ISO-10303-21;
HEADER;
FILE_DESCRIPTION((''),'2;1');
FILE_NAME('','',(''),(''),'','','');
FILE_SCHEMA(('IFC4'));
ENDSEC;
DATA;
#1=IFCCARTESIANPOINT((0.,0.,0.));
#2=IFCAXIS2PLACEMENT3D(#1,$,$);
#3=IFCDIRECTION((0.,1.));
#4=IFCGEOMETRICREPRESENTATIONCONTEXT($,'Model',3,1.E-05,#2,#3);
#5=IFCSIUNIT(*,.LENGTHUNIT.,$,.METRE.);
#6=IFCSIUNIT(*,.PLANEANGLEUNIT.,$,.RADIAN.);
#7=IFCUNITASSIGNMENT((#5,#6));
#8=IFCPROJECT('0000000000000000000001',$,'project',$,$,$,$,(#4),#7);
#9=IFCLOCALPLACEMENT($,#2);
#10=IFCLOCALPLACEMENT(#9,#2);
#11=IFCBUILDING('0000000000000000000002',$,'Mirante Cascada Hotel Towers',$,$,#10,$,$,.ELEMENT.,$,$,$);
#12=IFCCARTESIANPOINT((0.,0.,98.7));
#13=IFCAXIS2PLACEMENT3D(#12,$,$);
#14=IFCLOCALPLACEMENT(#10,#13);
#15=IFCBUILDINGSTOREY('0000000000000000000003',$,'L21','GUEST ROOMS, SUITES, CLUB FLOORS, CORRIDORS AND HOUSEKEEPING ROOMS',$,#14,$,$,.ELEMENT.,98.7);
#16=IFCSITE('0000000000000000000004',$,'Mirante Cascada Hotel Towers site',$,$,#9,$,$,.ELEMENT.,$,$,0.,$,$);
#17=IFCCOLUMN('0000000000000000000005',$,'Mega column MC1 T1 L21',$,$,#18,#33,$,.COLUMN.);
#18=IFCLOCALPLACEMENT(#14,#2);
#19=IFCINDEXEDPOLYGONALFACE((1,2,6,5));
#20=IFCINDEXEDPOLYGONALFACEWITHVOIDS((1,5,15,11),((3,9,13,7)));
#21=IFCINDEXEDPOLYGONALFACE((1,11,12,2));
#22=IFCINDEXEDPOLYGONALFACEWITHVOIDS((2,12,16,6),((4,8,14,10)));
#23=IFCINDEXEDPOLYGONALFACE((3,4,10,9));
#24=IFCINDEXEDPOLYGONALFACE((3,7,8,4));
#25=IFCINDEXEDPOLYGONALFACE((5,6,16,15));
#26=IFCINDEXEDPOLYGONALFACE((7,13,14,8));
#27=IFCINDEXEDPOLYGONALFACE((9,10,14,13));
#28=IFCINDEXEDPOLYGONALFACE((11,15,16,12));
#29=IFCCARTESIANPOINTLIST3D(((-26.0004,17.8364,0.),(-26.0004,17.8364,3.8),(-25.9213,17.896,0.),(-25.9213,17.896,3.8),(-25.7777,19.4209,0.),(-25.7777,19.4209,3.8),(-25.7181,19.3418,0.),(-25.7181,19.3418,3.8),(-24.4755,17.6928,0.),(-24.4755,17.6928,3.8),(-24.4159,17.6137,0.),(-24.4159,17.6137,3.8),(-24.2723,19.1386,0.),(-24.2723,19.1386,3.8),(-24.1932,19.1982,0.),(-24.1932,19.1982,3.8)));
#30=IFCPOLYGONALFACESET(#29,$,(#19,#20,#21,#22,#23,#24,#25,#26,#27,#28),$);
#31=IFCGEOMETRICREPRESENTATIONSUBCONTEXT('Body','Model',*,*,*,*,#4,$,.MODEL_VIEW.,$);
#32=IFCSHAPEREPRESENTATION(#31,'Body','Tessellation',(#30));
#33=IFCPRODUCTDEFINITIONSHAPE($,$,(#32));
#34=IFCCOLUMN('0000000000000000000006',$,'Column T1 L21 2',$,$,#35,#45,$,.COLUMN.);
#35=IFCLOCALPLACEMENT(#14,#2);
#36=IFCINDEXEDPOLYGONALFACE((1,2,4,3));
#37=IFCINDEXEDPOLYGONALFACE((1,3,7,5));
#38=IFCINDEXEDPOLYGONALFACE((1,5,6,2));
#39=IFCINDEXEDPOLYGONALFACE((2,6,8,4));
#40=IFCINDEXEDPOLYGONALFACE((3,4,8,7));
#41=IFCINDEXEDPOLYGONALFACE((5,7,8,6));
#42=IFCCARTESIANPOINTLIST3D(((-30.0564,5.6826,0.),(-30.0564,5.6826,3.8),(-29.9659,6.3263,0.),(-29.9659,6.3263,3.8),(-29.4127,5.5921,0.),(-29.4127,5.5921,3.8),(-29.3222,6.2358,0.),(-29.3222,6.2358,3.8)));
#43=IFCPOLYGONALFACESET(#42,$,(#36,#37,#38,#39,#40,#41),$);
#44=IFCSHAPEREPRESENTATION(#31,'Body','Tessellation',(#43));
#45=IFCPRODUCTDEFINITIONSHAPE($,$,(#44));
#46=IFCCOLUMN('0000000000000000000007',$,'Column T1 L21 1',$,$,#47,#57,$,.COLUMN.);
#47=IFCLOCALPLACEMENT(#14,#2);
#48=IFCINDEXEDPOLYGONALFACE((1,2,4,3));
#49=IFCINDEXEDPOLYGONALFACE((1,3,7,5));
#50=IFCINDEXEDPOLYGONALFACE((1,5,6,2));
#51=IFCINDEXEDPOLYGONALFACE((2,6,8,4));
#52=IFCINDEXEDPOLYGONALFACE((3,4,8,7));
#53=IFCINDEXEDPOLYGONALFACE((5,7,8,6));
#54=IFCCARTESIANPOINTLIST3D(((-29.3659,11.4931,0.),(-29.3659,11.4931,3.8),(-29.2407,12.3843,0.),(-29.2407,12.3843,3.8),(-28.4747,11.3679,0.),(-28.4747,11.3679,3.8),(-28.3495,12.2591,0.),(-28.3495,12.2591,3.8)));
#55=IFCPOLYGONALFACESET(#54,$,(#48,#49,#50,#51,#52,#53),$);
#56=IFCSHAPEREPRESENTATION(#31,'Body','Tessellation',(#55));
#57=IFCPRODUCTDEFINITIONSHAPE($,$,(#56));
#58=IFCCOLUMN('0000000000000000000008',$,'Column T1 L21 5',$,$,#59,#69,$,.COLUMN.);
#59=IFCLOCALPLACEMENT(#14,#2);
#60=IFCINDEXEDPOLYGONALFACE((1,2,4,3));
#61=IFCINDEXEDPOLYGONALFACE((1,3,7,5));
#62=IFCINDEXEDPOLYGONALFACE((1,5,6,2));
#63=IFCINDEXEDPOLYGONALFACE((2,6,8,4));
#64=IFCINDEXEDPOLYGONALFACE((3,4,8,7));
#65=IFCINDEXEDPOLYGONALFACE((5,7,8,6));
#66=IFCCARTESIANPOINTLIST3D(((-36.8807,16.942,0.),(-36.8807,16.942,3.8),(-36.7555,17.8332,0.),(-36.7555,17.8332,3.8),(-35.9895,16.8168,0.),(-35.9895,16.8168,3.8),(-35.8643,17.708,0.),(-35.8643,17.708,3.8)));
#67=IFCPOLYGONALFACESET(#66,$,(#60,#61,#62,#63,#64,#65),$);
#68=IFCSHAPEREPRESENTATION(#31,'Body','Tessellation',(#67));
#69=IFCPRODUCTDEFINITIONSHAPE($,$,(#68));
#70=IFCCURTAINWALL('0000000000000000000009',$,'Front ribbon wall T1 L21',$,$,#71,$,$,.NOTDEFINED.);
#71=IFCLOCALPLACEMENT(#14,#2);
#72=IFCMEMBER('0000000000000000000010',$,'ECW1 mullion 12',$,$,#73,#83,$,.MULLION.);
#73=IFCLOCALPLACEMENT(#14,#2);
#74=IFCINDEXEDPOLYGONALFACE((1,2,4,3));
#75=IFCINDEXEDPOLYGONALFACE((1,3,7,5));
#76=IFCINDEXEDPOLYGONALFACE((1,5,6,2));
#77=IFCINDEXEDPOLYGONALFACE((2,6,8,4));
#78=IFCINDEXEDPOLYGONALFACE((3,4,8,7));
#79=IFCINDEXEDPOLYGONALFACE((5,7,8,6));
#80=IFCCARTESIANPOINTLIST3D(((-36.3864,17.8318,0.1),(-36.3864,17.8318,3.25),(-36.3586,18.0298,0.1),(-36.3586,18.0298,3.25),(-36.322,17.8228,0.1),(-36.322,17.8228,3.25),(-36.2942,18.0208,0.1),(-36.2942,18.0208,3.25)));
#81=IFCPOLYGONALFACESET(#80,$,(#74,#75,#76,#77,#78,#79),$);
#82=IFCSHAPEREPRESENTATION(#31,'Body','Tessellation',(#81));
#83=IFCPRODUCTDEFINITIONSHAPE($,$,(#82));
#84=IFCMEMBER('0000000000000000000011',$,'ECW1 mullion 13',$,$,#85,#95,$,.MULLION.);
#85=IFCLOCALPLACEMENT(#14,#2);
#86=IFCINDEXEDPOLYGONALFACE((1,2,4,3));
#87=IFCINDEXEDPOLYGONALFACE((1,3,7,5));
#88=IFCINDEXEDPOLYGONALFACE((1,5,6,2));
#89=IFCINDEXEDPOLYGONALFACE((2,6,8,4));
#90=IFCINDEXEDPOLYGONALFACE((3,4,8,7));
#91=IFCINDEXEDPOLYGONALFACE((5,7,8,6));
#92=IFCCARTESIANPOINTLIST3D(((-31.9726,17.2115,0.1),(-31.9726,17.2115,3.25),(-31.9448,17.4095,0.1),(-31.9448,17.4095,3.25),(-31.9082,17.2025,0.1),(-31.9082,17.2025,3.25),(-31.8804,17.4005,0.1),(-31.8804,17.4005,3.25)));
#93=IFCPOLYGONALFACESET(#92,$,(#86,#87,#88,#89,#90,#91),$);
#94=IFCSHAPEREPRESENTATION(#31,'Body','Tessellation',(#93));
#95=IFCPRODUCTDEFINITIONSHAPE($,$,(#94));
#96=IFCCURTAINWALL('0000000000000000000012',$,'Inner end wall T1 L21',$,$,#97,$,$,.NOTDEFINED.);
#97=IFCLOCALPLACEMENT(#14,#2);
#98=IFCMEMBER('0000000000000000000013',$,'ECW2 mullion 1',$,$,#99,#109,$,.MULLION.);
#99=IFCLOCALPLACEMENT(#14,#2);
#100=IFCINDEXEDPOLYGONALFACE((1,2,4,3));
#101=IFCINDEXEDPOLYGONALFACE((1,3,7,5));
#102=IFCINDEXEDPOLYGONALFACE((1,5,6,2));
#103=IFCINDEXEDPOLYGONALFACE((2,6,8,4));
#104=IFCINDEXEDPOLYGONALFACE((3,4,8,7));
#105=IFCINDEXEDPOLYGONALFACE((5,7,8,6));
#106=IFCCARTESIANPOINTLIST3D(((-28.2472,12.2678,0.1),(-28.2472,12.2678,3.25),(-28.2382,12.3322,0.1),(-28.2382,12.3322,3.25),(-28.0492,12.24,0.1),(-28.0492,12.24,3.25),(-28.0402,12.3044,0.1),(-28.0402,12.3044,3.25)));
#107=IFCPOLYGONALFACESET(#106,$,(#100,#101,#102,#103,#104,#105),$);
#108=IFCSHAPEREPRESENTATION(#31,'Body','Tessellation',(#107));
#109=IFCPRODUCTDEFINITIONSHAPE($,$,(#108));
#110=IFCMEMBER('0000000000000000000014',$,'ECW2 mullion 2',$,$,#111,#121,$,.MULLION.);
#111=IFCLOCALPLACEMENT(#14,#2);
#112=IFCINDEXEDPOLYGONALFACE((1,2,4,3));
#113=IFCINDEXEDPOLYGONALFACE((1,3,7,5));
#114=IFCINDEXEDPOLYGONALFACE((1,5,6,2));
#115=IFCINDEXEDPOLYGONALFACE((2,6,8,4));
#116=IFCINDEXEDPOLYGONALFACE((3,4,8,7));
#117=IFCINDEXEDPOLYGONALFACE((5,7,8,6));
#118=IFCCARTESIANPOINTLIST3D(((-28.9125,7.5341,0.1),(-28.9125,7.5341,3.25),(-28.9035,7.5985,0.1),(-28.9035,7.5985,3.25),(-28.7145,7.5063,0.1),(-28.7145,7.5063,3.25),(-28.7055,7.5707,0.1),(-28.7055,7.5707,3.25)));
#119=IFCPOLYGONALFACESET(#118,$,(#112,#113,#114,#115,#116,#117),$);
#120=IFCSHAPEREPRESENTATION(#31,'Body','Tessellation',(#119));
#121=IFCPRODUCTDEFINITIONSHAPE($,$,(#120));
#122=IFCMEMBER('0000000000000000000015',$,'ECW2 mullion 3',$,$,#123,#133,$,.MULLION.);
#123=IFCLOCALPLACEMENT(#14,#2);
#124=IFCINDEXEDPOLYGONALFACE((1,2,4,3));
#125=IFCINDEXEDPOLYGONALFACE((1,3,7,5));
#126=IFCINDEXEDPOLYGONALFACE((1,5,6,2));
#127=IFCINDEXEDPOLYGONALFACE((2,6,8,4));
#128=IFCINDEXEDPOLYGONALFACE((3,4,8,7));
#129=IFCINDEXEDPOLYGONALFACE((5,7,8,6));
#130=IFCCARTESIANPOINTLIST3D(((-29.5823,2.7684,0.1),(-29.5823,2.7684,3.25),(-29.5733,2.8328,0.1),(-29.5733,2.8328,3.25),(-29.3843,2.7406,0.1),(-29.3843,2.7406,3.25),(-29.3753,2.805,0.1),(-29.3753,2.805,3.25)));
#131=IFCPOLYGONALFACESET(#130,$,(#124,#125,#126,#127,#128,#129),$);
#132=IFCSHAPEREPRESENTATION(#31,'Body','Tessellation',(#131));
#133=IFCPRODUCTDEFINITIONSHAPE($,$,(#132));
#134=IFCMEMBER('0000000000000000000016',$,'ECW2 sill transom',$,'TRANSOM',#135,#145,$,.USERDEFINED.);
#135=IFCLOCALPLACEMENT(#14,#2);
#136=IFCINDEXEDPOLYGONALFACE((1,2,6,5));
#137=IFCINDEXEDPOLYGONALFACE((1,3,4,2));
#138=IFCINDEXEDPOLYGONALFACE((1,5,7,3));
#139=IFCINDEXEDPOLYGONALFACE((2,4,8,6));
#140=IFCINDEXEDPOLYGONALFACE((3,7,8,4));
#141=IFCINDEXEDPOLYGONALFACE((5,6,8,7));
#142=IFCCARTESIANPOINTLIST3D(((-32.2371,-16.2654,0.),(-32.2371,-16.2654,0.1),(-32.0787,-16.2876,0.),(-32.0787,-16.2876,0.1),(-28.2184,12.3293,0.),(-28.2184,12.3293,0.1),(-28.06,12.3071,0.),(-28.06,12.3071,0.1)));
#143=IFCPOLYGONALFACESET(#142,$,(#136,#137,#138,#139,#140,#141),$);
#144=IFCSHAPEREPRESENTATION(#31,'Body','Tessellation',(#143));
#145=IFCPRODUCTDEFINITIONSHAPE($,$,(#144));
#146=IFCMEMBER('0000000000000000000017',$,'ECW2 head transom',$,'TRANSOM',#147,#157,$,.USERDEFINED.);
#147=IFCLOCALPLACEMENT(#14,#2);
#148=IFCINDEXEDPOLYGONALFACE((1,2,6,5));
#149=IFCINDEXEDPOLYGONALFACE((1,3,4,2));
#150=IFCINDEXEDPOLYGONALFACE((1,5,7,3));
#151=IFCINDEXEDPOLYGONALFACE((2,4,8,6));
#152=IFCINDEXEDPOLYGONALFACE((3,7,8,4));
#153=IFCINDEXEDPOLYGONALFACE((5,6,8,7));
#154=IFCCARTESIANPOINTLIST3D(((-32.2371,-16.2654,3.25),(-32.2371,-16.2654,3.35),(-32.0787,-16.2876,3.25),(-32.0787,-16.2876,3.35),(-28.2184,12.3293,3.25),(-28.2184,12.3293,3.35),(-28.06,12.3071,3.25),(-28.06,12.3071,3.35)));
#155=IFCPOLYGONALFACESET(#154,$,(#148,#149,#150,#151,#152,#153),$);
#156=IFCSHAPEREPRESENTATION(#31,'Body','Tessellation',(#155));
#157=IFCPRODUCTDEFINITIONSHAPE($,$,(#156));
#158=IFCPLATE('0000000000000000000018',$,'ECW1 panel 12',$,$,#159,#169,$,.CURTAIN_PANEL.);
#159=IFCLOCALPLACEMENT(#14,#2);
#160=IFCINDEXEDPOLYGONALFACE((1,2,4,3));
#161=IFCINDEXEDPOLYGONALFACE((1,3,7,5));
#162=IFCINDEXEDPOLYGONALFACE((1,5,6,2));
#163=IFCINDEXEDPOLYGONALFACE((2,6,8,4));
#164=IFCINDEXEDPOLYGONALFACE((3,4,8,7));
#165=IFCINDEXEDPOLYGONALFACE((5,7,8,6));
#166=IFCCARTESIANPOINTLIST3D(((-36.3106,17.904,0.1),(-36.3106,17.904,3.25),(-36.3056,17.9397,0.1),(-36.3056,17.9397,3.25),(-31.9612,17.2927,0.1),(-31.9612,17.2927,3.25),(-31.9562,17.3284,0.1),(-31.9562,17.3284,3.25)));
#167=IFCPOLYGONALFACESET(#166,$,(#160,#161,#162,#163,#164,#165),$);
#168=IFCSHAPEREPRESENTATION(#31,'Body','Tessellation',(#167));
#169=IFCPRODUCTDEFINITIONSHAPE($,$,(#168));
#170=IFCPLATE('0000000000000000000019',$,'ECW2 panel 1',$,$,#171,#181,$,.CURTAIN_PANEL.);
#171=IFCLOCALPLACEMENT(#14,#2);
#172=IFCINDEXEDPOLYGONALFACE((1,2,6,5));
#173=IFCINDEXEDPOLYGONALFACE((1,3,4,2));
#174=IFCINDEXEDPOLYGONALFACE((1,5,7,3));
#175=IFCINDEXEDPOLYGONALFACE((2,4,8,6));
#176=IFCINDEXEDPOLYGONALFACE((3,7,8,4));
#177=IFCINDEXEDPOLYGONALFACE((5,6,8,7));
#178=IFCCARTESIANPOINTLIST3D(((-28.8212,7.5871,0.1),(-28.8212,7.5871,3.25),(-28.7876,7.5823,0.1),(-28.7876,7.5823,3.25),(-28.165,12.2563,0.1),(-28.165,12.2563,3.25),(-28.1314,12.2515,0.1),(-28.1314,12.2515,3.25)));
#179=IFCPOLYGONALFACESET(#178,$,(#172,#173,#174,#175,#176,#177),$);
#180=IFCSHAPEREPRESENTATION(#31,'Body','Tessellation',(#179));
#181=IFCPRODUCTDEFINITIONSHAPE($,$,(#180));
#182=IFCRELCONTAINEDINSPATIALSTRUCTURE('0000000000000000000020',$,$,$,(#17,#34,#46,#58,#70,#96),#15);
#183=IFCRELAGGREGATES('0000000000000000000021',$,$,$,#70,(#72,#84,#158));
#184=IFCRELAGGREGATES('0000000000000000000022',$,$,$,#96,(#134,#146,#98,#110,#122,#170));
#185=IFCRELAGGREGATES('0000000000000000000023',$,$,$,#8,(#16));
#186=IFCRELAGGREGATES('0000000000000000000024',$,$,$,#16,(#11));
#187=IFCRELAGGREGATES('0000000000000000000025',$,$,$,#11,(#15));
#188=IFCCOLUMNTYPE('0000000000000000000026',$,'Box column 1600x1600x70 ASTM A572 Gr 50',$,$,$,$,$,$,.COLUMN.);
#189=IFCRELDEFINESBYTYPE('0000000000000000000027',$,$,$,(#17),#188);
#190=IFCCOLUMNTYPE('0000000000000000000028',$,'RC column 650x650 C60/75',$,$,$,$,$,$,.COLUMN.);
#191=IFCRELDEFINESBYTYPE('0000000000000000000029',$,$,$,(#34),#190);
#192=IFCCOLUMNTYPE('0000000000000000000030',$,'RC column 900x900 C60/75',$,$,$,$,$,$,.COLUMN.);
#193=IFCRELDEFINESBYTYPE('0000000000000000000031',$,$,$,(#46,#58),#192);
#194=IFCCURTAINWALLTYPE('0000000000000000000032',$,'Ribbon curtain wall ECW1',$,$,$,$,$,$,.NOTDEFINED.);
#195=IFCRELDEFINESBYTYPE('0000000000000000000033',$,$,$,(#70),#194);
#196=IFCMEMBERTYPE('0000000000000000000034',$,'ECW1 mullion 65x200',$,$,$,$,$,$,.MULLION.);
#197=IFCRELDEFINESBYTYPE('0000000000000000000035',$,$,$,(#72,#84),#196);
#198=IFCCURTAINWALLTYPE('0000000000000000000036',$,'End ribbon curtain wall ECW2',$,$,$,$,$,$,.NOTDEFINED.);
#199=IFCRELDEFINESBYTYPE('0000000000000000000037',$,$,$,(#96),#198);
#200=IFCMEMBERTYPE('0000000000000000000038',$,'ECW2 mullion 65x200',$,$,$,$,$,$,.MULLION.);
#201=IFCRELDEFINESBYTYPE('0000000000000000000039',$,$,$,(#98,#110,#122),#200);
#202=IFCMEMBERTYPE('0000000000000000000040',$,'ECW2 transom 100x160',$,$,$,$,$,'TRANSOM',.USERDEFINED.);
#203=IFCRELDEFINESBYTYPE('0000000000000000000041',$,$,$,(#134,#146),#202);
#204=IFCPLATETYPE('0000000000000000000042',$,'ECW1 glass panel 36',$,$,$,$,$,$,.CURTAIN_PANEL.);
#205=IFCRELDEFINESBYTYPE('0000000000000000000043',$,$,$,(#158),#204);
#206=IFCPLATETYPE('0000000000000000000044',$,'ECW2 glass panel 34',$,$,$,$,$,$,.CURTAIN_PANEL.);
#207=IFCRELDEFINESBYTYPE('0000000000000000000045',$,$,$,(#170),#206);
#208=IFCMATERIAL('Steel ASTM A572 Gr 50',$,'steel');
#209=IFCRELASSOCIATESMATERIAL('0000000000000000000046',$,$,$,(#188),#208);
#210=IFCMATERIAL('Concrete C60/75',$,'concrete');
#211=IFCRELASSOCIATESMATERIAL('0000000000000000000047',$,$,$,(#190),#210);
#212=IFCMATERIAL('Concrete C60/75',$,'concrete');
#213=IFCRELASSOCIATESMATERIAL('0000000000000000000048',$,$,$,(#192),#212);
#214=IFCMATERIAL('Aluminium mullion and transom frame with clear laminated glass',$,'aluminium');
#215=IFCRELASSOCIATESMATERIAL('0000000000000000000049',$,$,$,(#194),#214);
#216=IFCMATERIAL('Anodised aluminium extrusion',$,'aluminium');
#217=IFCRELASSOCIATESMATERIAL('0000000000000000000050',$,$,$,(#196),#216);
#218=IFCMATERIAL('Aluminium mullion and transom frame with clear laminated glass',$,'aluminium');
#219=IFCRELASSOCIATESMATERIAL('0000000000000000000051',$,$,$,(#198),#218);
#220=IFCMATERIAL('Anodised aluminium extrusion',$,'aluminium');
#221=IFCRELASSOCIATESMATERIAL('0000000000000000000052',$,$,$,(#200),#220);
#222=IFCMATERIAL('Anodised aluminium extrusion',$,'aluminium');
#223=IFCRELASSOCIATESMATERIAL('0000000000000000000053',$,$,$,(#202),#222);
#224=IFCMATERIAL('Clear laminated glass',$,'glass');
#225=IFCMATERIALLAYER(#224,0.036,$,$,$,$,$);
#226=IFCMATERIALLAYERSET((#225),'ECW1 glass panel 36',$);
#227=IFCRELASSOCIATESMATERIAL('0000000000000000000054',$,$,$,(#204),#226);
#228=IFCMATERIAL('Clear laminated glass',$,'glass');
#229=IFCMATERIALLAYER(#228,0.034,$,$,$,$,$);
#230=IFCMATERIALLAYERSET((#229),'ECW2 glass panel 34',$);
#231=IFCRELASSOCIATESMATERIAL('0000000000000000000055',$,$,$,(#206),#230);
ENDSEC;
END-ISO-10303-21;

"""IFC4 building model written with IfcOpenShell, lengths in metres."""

from ifc_helpers import new_model, si_unit, direction, frame, origin, origin_2d, place, context, subcontext, project, spatial, rectangle, hollow_rectangle, extrude, material, layer, layer_set, material_profile, profile_set, type_object, element, aggregate, save


model = new_model("IFC4")

# Units and contexts
model_context = context("Model", 3, precision=1e-05, world=origin(), true_north=direction((0.0, 1.0)))
body_context = subcontext(model_context, "Body", "Model", "MODEL_VIEW")
ifc_project = project(units=[si_unit("LENGTHUNIT", "METRE"), si_unit("PLANEANGLEUNIT", "RADIAN")], contexts=[model_context])

# Site, building, storey
site_placement = place(None, origin())
site = spatial("IfcSite", under=ifc_project, at=site_placement, Name="Mirante Cascada Hotel Towers site", CompositionType="ELEMENT", RefElevation=0.0)
building_placement = place(site_placement, origin())
building = spatial("IfcBuilding", under=site, at=building_placement, Name="Mirante Cascada Hotel Towers", CompositionType="ELEMENT")
storey_placement = place(building_placement, frame((0.0, 0.0, 98.7)))
storey = spatial("IfcBuildingStorey", under=building, at=storey_placement, Name="L21", Description="GUEST ROOMS, SUITES, CLUB FLOORS, CORRIDORS AND HOUSEKEEPING ROOMS", CompositionType="ELEMENT", Elevation=98.7)

# Columns
ifc_material_1 = material(Name="Steel ASTM A572 Gr 50", Category="steel")
ifc_material_profile_1 = material_profile(ifc_material_1, hollow_rectangle(XDim=1.6, YDim=1.6, WallThickness=0.07, at=origin_2d()), Name="Box column 1600x1600x70 ASTM A572 Gr 50")
ifc_profile_set_1 = profile_set([ifc_material_profile_1], Name="Steel ASTM A572 Gr 50")
column_type_1 = type_object("IfcColumnType", Name="Box column 1600x1600x70 ASTM A572 Gr 50", PredefinedType="COLUMN", material=ifc_profile_set_1)
column_1_placement = place(storey_placement, frame((-25.0968, 18.5173, 0.0), z_axis=(0.0, 0.0, 1.0), x_axis=(-0.990268, 0.139173, 0.0)))
element("IfcColumn", 1, at=column_1_placement, inside=storey, type_object=column_type_1, Name="Mega column MC1 T1 L21", PredefinedType="COLUMN", context=body_context, shape_type="SweptSolid", body=[
    extrude(hollow_rectangle(XDim=1.6, YDim=1.6, WallThickness=0.07, at=origin_2d()), origin(), (0.0, 0.0, 1.0), 3.8),
])
ifc_material_2 = material(Name="Concrete C60/75", Category="concrete")
ifc_material_profile_2 = material_profile(ifc_material_2, rectangle(XDim=0.65, YDim=0.65, at=origin_2d()), Name="RC column 650x650 C60/75")
ifc_profile_set_2 = profile_set([ifc_material_profile_2], Name="Concrete C60/75")
column_type_2 = type_object("IfcColumnType", Name="RC column 650x650 C60/75", PredefinedType="COLUMN", material=ifc_profile_set_2)
column_2_placement = place(storey_placement, frame((-29.6893, 5.9592, 0.0), z_axis=(0.0, 0.0, 1.0), x_axis=(-0.990268, 0.139173, 0.0)))
element("IfcColumn", 2, at=column_2_placement, inside=storey, type_object=column_type_2, Name="Column T1 L21 2", PredefinedType="COLUMN", context=body_context, shape_type="SweptSolid", body=[
    extrude(rectangle(XDim=0.65, YDim=0.65, at=origin_2d()), origin(), (0.0, 0.0, 1.0), 3.8),
])
ifc_material_3 = material(Name="Concrete C60/75", Category="concrete")
ifc_material_profile_3 = material_profile(ifc_material_3, rectangle(XDim=0.9, YDim=0.9, at=origin_2d()), Name="RC column 900x900 C60/75")
ifc_profile_set_3 = profile_set([ifc_material_profile_3], Name="Concrete C60/75")
column_type_3 = type_object("IfcColumnType", Name="RC column 900x900 C60/75", PredefinedType="COLUMN", material=ifc_profile_set_3)
for number, where, z_axis, x_axis, name in (
    (3, (-28.8577, 11.8761, 0.0), (0.0, 0.0, 1.0), (-0.990268, 0.139173, 0.0), "Column T1 L21 1"),
    (4, (-36.3725, 17.325, 0.0), (0.0, 0.0, 1.0), (-0.990268, 0.139173, 0.0), "Column T1 L21 5"),
):
    element("IfcColumn", number, at=place(storey_placement, frame(where, z_axis=z_axis, x_axis=x_axis)), inside=storey, type_object=column_type_3, Name=name, PredefinedType="COLUMN", context=body_context, shape_type="SweptSolid", body=[
        extrude(rectangle(XDim=0.9, YDim=0.9, at=origin_2d()), origin(), (0.0, 0.0, 1.0), 3.8),
    ])

# Curtain walls, members
ifc_material_4 = material(Name="Aluminium mullion and transom frame with clear laminated glass", Category="aluminium")
curtain_wall_type_1 = type_object("IfcCurtainWallType", Name="Ribbon curtain wall ECW1", PredefinedType="NOTDEFINED", material=ifc_material_4)
curtain_wall_1_placement = place(storey_placement, origin())
curtain_wall_1 = element("IfcCurtainWall", 5, at=curtain_wall_1_placement, inside=storey, type_object=curtain_wall_type_1, Name="Front ribbon wall T1 L21", PredefinedType="NOTDEFINED")
ifc_material_5 = material(Name="Anodised aluminium extrusion", Category="aluminium")
ifc_material_profile_4 = material_profile(ifc_material_5, rectangle(XDim=0.2, YDim=0.065, at=origin_2d()), Name="ECW1 MULLION 65x200")
ifc_profile_set_4 = profile_set([ifc_material_profile_4], Name="Anodised aluminium extrusion")
member_type_1 = type_object("IfcMemberType", Name="ECW1 mullion 65x200", PredefinedType="MULLION", material=ifc_profile_set_4)
member_1_placement = place(storey_placement, frame((-36.3403, 17.9263, 0.1), z_axis=(0.0, 0.0, 1.0), x_axis=(0.139173, 0.990268, 0.0)))
member_1 = element("IfcMember", 6, at=member_1_placement, type_object=member_type_1, Name="ECW1 mullion 12", PredefinedType="MULLION", context=body_context, shape_type="SweptSolid", body=[
    extrude(rectangle(XDim=0.2, YDim=0.065, at=origin_2d()), origin(), (0.0, 0.0, 1.0), 3.15),
])
member_2_placement = place(storey_placement, frame((-31.9265, 17.306, 0.1), z_axis=(0.0, 0.0, 1.0), x_axis=(0.139173, 0.990268, 0.0)))
member_2 = element("IfcMember", 7, at=member_2_placement, type_object=member_type_1, Name="ECW1 mullion 13", PredefinedType="MULLION", context=body_context, shape_type="SweptSolid", body=[
    extrude(rectangle(XDim=0.2, YDim=0.065, at=origin_2d()), origin(), (0.0, 0.0, 1.0), 3.15),
])
ifc_material_6 = material(Name="Aluminium mullion and transom frame with clear laminated glass", Category="aluminium")
curtain_wall_type_2 = type_object("IfcCurtainWallType", Name="End ribbon curtain wall ECW2", PredefinedType="NOTDEFINED", material=ifc_material_6)
curtain_wall_2_placement = place(storey_placement, origin())
curtain_wall_2 = element("IfcCurtainWall", 8, at=curtain_wall_2_placement, inside=storey, type_object=curtain_wall_type_2, Name="Inner end wall T1 L21", PredefinedType="NOTDEFINED")
ifc_material_7 = material(Name="Anodised aluminium extrusion", Category="aluminium")
ifc_material_profile_5 = material_profile(ifc_material_7, rectangle(XDim=0.2, YDim=0.065, at=origin_2d()), Name="ECW2 MULLION 65x200")
ifc_profile_set_5 = profile_set([ifc_material_profile_5], Name="Anodised aluminium extrusion")
member_type_2 = type_object("IfcMemberType", Name="ECW2 mullion 65x200", PredefinedType="MULLION", material=ifc_profile_set_5)
member_3_placement = place(storey_placement, frame((-28.1437, 12.2861, 0.1), z_axis=(0.0, 0.0, 1.0), x_axis=(0.990268, -0.139173, 0.0)))
member_3 = element("IfcMember", 9, at=member_3_placement, type_object=member_type_2, Name="ECW2 mullion 1", PredefinedType="MULLION", context=body_context, shape_type="SweptSolid", body=[
    extrude(rectangle(XDim=0.2, YDim=0.065, at=origin_2d()), origin(), (0.0, 0.0, 1.0), 3.15),
])
member_4_placement = place(storey_placement, frame((-28.809, 7.5524, 0.1), z_axis=(0.0, 0.0, 1.0), x_axis=(0.990268, -0.139173, 0.0)))
member_4 = element("IfcMember", 10, at=member_4_placement, type_object=member_type_2, Name="ECW2 mullion 2", PredefinedType="MULLION", context=body_context, shape_type="SweptSolid", body=[
    extrude(rectangle(XDim=0.2, YDim=0.065, at=origin_2d()), origin(), (0.0, 0.0, 1.0), 3.15),
])
member_5_placement = place(storey_placement, frame((-29.4788, 2.7867, 0.1), z_axis=(0.0, 0.0, 1.0), x_axis=(0.990268, -0.139173, 0.0)))
member_5 = element("IfcMember", 11, at=member_5_placement, type_object=member_type_2, Name="ECW2 mullion 3", PredefinedType="MULLION", context=body_context, shape_type="SweptSolid", body=[
    extrude(rectangle(XDim=0.2, YDim=0.065, at=origin_2d()), origin(), (0.0, 0.0, 1.0), 3.15),
])
ifc_material_8 = material(Name="Anodised aluminium extrusion", Category="aluminium")
ifc_material_profile_6 = material_profile(ifc_material_8, rectangle(XDim=0.16, YDim=0.1, at=origin_2d()), Name="ECW2 TRANSOM 100x160")
ifc_profile_set_6 = profile_set([ifc_material_profile_6], Name="Anodised aluminium extrusion")
member_type_3 = type_object("IfcMemberType", Name="ECW2 transom 100x160", ElementType="TRANSOM", PredefinedType="USERDEFINED", material=ifc_profile_set_6)
member_6_placement = place(storey_placement, frame((-28.1392, 12.3182, 0.05), z_axis=(-0.139172, -0.990268, 0.0), x_axis=(0.990268, -0.139172, 0.0)))
member_6 = element("IfcMember", 12, at=member_6_placement, type_object=member_type_3, Name="ECW2 sill transom", ObjectType="TRANSOM", PredefinedType="USERDEFINED", context=body_context, shape_type="SweptSolid", body=[
    extrude(rectangle(XDim=0.16, YDim=0.1, at=origin_2d()), origin(), (0.0, 0.0, 1.0), 28.8757),
])
member_7_placement = place(storey_placement, frame((-28.1392, 12.3182, 3.3), z_axis=(-0.139172, -0.990268, 0.0), x_axis=(0.990268, -0.139172, 0.0)))
member_7 = element("IfcMember", 13, at=member_7_placement, type_object=member_type_3, Name="ECW2 head transom", ObjectType="TRANSOM", PredefinedType="USERDEFINED", context=body_context, shape_type="SweptSolid", body=[
    extrude(rectangle(XDim=0.16, YDim=0.1, at=origin_2d()), origin(), (0.0, 0.0, 1.0), 28.8757),
])

# Plates
ifc_material_9 = material(Name="Clear laminated glass", Category="glass")
ifc_layer_1 = layer(ifc_material_9, 0.036)
ifc_layer_set_1 = layer_set([ifc_layer_1], Name="ECW1 glass panel 36")
plate_type_1 = type_object("IfcPlateType", Name="ECW1 glass panel 36", PredefinedType="CURTAIN_PANEL", material=ifc_layer_set_1)
plate_1_placement = place(storey_placement, frame((-34.1334, 17.6162, 0.1), z_axis=(0.0, 0.0, 1.0), x_axis=(0.990268, -0.139173, 0.0)))
plate_1 = element("IfcPlate", 14, at=plate_1_placement, type_object=plate_type_1, Name="ECW1 panel 12", PredefinedType="CURTAIN_PANEL", context=body_context, shape_type="SweptSolid", body=[
    extrude(rectangle(XDim=4.3921, YDim=0.036, at=origin_2d()), origin(), (0.0, 0.0, 1.0), 3.15),
])
aggregate(curtain_wall_1, [member_1, member_2, plate_1])
ifc_material_10 = material(Name="Clear laminated glass", Category="glass")
ifc_layer_2 = layer(ifc_material_10, 0.034)
ifc_layer_set_2 = layer_set([ifc_layer_2], Name="ECW2 glass panel 34")
plate_type_2 = type_object("IfcPlateType", Name="ECW2 glass panel 34", PredefinedType="CURTAIN_PANEL", material=ifc_layer_set_2)
plate_2_placement = place(storey_placement, frame((-28.4763, 9.9193, 0.1), z_axis=(0.0, 0.0, 1.0), x_axis=(-0.139173, -0.990268, 0.0)))
plate_2 = element("IfcPlate", 15, at=plate_2_placement, type_object=plate_type_2, Name="ECW2 panel 1", PredefinedType="CURTAIN_PANEL", context=body_context, shape_type="SweptSolid", body=[
    extrude(rectangle(XDim=4.7151, YDim=0.034, at=origin_2d()), origin(), (0.0, 0.0, 1.0), 3.15),
])
aggregate(curtain_wall_2, [member_6, member_7, member_3, member_4, member_5, plate_2])

save(model, "model.ifc")
